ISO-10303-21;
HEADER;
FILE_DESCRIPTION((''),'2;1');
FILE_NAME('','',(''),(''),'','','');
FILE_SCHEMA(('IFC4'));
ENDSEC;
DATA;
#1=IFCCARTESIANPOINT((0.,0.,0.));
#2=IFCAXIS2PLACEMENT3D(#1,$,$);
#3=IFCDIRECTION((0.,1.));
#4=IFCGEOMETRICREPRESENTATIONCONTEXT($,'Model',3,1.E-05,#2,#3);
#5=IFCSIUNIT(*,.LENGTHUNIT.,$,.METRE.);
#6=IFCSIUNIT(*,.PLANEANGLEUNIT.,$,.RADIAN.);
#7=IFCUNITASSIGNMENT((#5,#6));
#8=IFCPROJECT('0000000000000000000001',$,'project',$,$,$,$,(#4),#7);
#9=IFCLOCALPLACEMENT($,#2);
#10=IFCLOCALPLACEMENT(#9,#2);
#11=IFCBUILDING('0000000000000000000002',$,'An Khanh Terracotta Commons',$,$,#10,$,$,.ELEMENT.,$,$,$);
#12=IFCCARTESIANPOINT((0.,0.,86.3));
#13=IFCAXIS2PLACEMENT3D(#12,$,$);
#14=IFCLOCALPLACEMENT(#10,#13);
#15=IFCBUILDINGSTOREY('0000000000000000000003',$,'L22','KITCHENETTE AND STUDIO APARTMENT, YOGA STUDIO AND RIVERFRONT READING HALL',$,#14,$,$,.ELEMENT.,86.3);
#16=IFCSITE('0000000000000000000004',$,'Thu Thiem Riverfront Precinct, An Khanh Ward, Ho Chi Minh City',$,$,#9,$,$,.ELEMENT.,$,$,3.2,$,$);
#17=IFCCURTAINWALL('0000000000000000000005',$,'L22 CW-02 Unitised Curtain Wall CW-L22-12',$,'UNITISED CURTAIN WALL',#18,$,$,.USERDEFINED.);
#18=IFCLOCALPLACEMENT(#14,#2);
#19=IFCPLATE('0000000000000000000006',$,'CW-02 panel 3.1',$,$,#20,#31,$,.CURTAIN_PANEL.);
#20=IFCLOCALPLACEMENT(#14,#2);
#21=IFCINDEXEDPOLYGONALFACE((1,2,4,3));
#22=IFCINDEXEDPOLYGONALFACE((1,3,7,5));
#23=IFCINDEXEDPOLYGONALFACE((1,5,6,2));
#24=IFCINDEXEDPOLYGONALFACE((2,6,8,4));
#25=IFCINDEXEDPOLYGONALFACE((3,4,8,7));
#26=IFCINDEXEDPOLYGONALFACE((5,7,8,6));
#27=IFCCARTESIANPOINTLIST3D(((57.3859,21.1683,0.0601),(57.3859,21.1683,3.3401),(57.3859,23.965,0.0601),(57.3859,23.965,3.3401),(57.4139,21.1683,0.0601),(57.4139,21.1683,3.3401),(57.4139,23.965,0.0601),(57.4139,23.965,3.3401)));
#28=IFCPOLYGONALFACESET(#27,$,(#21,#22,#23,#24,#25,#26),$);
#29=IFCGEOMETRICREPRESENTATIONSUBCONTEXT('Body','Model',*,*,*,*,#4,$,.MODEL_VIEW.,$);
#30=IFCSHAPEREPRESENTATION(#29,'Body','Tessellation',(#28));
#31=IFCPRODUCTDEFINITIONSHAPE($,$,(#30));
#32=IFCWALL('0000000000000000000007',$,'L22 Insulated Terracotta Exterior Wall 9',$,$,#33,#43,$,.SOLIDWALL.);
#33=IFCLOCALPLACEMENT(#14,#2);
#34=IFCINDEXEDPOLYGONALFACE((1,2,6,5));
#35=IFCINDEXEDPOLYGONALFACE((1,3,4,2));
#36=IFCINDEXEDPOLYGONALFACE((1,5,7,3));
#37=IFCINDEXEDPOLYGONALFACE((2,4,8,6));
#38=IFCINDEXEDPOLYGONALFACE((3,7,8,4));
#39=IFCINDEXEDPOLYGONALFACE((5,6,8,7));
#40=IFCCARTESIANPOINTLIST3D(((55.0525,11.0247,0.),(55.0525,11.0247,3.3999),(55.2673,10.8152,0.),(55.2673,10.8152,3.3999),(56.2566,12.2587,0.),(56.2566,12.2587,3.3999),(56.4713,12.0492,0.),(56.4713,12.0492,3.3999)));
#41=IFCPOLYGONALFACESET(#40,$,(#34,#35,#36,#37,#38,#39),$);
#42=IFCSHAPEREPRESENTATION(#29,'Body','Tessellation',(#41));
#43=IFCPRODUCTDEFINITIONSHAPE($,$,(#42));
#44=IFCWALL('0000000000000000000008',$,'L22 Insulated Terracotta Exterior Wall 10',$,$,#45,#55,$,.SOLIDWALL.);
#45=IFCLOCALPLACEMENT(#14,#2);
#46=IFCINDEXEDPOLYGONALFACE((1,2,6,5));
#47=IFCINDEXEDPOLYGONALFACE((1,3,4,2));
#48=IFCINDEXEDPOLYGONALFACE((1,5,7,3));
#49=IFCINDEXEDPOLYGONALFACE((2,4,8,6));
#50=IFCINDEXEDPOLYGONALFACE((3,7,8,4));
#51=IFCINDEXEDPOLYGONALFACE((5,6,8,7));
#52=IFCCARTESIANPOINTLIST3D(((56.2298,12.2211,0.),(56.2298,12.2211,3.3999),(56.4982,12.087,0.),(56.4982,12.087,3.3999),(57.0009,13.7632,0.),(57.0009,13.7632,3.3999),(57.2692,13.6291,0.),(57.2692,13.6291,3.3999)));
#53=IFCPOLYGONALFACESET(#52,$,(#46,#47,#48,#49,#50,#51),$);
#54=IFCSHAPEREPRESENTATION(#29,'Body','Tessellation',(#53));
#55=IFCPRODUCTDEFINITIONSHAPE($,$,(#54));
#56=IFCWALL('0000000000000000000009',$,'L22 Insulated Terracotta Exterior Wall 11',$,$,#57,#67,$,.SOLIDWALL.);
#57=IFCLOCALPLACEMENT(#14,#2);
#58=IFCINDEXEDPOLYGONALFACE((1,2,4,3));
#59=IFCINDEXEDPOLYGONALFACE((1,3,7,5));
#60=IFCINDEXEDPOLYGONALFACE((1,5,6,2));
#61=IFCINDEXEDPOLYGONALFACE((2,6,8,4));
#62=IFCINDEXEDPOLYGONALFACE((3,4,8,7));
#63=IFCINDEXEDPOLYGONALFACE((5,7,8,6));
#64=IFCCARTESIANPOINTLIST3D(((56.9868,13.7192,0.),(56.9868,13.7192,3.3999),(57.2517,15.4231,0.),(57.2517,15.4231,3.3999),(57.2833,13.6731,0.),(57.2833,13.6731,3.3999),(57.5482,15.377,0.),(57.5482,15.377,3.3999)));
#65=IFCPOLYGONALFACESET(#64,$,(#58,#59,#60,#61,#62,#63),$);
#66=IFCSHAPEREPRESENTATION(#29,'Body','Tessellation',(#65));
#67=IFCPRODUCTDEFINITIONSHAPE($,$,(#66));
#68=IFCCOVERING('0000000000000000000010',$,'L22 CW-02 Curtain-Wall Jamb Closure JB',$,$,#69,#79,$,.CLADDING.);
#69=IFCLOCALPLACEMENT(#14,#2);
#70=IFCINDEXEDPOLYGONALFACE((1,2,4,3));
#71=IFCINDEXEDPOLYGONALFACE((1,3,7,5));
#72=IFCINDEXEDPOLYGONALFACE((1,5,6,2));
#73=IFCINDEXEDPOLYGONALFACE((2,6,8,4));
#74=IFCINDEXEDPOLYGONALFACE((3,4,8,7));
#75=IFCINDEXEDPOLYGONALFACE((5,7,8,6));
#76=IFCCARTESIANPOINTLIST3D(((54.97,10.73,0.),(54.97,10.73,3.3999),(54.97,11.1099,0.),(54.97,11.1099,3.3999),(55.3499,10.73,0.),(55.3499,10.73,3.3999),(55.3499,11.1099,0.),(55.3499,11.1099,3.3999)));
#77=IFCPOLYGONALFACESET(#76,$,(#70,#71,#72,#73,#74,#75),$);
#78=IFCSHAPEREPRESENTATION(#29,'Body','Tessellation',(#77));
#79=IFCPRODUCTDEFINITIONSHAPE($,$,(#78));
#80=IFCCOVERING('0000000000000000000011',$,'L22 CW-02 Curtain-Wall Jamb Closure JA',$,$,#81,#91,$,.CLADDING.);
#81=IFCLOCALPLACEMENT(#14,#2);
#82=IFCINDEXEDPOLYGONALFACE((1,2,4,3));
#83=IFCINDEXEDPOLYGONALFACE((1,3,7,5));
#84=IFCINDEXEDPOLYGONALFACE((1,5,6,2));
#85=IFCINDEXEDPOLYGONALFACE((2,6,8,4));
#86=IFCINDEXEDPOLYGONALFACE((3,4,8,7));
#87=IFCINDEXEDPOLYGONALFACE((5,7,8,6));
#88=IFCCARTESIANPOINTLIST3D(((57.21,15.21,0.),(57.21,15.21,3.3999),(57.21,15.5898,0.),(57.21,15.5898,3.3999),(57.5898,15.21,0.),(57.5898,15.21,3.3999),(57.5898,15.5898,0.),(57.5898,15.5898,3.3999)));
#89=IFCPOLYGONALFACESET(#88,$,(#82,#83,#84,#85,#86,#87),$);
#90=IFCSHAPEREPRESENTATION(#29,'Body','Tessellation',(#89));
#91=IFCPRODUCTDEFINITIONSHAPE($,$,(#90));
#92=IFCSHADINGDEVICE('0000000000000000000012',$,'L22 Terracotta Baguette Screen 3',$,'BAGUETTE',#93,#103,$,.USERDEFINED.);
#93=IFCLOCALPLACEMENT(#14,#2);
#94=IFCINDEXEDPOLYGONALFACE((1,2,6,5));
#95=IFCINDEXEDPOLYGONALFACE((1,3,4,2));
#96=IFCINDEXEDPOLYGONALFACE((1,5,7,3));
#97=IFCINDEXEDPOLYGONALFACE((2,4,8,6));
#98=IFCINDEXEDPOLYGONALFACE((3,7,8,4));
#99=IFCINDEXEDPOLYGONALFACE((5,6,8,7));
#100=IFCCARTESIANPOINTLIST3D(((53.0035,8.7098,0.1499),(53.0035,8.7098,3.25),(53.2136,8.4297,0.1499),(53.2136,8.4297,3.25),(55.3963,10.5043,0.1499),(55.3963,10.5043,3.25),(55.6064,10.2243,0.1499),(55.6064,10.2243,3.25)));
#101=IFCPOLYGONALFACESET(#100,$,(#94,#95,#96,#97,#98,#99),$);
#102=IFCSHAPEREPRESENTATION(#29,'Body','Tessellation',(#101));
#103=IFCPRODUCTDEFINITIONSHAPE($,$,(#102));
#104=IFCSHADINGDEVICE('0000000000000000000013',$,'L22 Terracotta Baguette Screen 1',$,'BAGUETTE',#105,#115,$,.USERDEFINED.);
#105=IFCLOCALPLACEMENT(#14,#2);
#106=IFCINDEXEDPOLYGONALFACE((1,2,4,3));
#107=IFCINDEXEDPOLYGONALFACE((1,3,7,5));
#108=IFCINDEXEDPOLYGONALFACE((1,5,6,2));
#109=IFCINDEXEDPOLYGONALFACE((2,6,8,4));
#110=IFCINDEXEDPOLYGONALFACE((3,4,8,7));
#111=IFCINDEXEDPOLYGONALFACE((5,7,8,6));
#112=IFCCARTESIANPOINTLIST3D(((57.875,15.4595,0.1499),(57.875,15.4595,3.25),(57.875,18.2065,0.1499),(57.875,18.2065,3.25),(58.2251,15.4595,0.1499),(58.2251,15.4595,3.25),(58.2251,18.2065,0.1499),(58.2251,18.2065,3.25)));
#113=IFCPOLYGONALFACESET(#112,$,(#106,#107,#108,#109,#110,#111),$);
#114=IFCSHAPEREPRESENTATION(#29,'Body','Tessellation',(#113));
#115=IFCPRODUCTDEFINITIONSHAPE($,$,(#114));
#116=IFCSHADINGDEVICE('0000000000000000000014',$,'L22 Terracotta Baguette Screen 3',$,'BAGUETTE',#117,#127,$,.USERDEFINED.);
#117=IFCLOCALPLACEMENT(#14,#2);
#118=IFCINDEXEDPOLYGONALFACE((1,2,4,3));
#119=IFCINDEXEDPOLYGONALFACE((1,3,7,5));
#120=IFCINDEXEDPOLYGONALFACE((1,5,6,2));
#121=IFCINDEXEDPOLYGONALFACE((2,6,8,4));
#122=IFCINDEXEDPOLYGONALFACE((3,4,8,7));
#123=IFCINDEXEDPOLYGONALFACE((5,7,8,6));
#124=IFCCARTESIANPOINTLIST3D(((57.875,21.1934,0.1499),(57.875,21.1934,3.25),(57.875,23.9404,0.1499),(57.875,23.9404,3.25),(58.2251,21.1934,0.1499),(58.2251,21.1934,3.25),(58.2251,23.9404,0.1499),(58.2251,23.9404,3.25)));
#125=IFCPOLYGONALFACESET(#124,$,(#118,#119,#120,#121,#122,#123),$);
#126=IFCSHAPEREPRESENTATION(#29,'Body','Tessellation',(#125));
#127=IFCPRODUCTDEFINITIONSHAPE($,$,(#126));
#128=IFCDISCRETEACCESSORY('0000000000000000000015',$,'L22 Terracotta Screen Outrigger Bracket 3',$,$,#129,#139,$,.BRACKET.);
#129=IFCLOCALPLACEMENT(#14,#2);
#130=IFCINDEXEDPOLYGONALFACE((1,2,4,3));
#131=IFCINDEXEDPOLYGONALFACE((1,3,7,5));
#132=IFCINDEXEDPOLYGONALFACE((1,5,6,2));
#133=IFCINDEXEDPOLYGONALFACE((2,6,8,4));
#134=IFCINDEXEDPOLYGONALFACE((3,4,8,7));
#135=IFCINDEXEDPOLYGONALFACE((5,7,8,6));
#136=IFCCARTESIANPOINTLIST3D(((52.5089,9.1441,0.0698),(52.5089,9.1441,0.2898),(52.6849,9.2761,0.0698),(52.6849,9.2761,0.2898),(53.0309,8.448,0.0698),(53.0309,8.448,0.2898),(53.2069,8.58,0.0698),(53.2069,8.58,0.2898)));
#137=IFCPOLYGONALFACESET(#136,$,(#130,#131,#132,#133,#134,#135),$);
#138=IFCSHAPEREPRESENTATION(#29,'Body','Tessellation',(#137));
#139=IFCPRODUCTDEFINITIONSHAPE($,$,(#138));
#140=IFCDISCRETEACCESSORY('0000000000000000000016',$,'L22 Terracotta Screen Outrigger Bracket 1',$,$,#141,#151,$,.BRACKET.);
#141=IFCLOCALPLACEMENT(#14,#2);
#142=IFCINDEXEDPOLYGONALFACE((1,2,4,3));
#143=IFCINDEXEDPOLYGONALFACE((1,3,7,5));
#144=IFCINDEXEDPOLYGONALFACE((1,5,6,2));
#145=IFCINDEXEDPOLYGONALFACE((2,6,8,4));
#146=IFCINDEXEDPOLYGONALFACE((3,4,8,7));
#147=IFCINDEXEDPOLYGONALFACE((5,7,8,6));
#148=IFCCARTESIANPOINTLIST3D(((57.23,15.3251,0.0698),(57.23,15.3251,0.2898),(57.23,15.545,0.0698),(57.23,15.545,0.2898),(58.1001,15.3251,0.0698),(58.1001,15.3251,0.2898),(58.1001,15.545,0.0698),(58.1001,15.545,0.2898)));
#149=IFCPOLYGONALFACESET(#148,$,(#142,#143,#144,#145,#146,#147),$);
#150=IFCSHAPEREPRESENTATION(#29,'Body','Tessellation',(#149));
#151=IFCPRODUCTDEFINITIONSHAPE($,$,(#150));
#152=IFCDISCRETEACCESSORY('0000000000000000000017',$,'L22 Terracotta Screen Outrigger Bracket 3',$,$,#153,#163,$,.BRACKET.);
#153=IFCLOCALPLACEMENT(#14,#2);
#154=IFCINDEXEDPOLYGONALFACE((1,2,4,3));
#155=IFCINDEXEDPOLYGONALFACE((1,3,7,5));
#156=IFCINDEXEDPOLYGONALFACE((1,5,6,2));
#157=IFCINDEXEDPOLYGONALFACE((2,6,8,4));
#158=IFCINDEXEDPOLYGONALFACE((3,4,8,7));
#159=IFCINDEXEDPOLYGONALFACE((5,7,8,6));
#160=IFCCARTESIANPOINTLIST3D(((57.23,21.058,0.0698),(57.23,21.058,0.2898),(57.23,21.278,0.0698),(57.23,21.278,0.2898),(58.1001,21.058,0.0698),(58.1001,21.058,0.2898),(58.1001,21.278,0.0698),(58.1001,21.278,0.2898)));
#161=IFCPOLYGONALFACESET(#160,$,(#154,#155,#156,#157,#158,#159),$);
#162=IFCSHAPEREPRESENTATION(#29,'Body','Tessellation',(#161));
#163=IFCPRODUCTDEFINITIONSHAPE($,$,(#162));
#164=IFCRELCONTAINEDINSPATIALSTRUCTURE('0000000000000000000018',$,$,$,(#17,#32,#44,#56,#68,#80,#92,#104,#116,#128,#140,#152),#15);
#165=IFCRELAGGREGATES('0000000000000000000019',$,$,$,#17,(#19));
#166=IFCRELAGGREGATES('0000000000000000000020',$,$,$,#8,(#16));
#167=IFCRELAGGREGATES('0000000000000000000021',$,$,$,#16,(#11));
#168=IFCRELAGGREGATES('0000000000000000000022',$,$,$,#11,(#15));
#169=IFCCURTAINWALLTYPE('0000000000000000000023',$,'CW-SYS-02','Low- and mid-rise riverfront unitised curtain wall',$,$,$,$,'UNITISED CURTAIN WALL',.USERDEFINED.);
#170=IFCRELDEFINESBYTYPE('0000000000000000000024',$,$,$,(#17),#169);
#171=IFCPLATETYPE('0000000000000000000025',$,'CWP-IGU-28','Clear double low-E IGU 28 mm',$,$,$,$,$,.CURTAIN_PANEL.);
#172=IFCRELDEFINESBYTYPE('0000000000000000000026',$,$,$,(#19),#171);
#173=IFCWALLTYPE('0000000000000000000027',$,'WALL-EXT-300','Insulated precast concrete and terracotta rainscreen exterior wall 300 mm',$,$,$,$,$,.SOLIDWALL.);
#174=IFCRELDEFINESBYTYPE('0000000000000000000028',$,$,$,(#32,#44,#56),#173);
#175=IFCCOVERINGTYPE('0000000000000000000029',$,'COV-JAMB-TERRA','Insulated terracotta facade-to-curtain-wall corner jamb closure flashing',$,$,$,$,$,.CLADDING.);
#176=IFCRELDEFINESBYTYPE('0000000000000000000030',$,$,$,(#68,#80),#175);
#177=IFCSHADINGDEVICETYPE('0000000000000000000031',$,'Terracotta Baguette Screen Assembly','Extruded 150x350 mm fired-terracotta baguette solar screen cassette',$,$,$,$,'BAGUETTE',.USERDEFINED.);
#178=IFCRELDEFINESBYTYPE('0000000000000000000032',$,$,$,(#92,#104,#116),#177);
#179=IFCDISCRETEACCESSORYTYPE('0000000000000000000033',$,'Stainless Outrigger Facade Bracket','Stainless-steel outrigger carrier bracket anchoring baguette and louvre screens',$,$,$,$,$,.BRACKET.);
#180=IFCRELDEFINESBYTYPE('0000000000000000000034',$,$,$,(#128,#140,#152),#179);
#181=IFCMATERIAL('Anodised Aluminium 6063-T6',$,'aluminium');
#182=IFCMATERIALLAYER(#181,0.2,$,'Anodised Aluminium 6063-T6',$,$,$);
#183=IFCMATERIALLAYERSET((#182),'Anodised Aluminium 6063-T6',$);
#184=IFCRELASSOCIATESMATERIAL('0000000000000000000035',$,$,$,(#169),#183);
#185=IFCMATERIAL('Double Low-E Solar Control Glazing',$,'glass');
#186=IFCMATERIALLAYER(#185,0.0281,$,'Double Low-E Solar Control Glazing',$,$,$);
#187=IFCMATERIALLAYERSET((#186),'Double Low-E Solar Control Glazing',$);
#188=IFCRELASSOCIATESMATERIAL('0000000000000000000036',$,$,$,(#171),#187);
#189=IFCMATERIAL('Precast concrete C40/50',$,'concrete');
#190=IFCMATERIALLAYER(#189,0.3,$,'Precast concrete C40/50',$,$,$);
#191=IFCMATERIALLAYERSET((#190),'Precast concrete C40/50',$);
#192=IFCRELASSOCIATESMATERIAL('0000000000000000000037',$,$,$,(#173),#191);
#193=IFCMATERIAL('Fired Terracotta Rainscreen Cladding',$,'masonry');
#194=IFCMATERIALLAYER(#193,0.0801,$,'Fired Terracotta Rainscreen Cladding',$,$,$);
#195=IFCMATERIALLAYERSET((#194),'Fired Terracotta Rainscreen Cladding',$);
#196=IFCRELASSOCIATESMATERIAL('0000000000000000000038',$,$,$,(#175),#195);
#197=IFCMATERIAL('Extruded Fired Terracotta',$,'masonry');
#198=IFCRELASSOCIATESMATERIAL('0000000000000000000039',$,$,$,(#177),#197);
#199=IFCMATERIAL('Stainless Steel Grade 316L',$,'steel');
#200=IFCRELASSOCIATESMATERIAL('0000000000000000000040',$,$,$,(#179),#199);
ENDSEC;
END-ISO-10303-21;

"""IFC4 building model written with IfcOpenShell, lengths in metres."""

from ifc_helpers import new_model, si_unit, direction, frame, frame_2d, origin, origin_2d, place, context, subcontext, project, spatial, rectangle, extrude, material, layer, layer_set, type_object, element, aggregate, save


model = new_model("IFC4")

# Units and contexts
model_context = context("Model", 3, precision=1e-05, world=origin(), true_north=direction((0.0, 1.0)))
body_context = subcontext(model_context, "Body", "Model", "MODEL_VIEW")
ifc_project = project(units=[si_unit("LENGTHUNIT", "METRE"), si_unit("PLANEANGLEUNIT", "RADIAN")], contexts=[model_context])

# Site, building, storey
site_placement = place(None, origin())
site = spatial("IfcSite", under=ifc_project, at=site_placement, Name="Thu Thiem Riverfront Precinct, An Khanh Ward, Ho Chi Minh City", CompositionType="ELEMENT", RefElevation=3.2)
building_placement = place(site_placement, origin())
building = spatial("IfcBuilding", under=site, at=building_placement, Name="An Khanh Terracotta Commons", CompositionType="ELEMENT")
storey_placement = place(building_placement, frame((0.0, 0.0, 86.3)))
storey = spatial("IfcBuildingStorey", under=building, at=storey_placement, Name="L22", Description="KITCHENETTE AND STUDIO APARTMENT, YOGA STUDIO AND RIVERFRONT READING HALL", CompositionType="ELEMENT", Elevation=86.3)

# Curtain wall
ifc_material_1 = material(Name="Anodised Aluminium 6063-T6", Category="aluminium")
ifc_layer_1 = layer(ifc_material_1, 0.2, Name="Anodised Aluminium 6063-T6")
ifc_layer_set_1 = layer_set([ifc_layer_1], Name="Anodised Aluminium 6063-T6")
curtain_wall_type = type_object("IfcCurtainWallType", Name="CW-SYS-02", Description="Low- and mid-rise riverfront unitised curtain wall", ElementType="UNITISED CURTAIN WALL", PredefinedType="USERDEFINED", material=ifc_layer_set_1)
curtain_wall_1_placement = place(storey_placement, origin())
curtain_wall_1 = element("IfcCurtainWall", 1, at=curtain_wall_1_placement, inside=storey, type_object=curtain_wall_type, Name="L22 CW-02 Unitised Curtain Wall CW-L22-12", ObjectType="UNITISED CURTAIN WALL", PredefinedType="USERDEFINED")

# Plate
ifc_material_2 = material(Name="Double Low-E Solar Control Glazing", Category="glass")
ifc_layer_2 = layer(ifc_material_2, 0.0281, Name="Double Low-E Solar Control Glazing")
ifc_layer_set_2 = layer_set([ifc_layer_2], Name="Double Low-E Solar Control Glazing")
plate_type = type_object("IfcPlateType", Name="CWP-IGU-28", Description="Clear double low-E IGU 28 mm", PredefinedType="CURTAIN_PANEL", material=ifc_layer_set_2)
plate_1_placement = place(storey_placement, frame((57.3999, 22.5667, 0.0601), z_axis=(0.0, 0.0, 1.0), x_axis=(0.0, 1.0, 0.0)))
plate_1 = element("IfcPlate", 2, at=plate_1_placement, type_object=plate_type, Name="CW-02 panel 3.1", PredefinedType="CURTAIN_PANEL", context=body_context, shape_type="SweptSolid", body=[
    extrude(rectangle(XDim=2.7966, YDim=0.0281, at=origin_2d()), origin(), (0.0, 0.0, 1.0), 3.28),
])
aggregate(curtain_wall_1, [plate_1])

# Walls
ifc_material_3 = material(Name="Precast concrete C40/50", Category="concrete")
ifc_layer_3 = layer(ifc_material_3, 0.3, Name="Precast concrete C40/50")
ifc_layer_set_3 = layer_set([ifc_layer_3], Name="Precast concrete C40/50")
wall_type = type_object("IfcWallType", Name="WALL-EXT-300", Description="Insulated precast concrete and terracotta rainscreen exterior wall 300 mm", PredefinedType="SOLIDWALL", material=ifc_layer_set_3)
for number, where, z_axis, x_axis, name in (
    (3, (55.1599, 10.9199, 0.0), (0.0, 0.0, 1.0), (0.698345, 0.715761, 0.0), "L22 Insulated Terracotta Exterior Wall 9"),
    (4, (56.364, 12.1541, 0.0), (0.0, 0.0, 1.0), (0.447214, 0.894427, 0.0), "L22 Insulated Terracotta Exterior Wall 10"),
):
    element("IfcWall", number, at=place(storey_placement, frame(where, z_axis=z_axis, x_axis=x_axis)), inside=storey, type_object=wall_type, Name=name, PredefinedType="SOLIDWALL", context=body_context, shape_type="SweptSolid", body=[
        extrude(rectangle(XDim=1.7241, YDim=0.3, at=frame_2d((0.8621, 0.0))), origin(), (0.0, 0.0, 1.0), 3.3999),
    ])
wall_placement = place(storey_placement, frame((57.135, 13.696, 0.0), z_axis=(0.0, 0.0, 1.0), x_axis=(0.153621, 0.98813, 0.0)))
element("IfcWall", 5, at=wall_placement, inside=storey, type_object=wall_type, Name="L22 Insulated Terracotta Exterior Wall 11", PredefinedType="SOLIDWALL", context=body_context, shape_type="SweptSolid", body=[
    extrude(rectangle(XDim=1.7244, YDim=0.3, at=frame_2d((0.8623, 0.0))), origin(), (0.0, 0.0, 1.0), 3.3999),
])

# Coverings
ifc_material_4 = material(Name="Fired Terracotta Rainscreen Cladding", Category="masonry")
ifc_layer_4 = layer(ifc_material_4, 0.0801, Name="Fired Terracotta Rainscreen Cladding")
ifc_layer_set_4 = layer_set([ifc_layer_4], Name="Fired Terracotta Rainscreen Cladding")
covering_type = type_object("IfcCoveringType", Name="COV-JAMB-TERRA", Description="Insulated terracotta facade-to-curtain-wall corner jamb closure flashing", PredefinedType="CLADDING", material=ifc_layer_set_4)
for number, where, z_axis, x_axis, name in (
    (6, (55.1599, 10.9199, 0.0), (0.0, 0.0, 1.0), (1.0, 0.0, 0.0), "L22 CW-02 Curtain-Wall Jamb Closure JB"),
    (7, (57.3999, 15.3999, 0.0), (0.0, 0.0, 1.0), (1.0, 0.0, 0.0), "L22 CW-02 Curtain-Wall Jamb Closure JA"),
):
    element("IfcCovering", number, at=place(storey_placement, frame(where, z_axis=z_axis, x_axis=x_axis)), inside=storey, type_object=covering_type, Name=name, PredefinedType="CLADDING", context=body_context, shape_type="SweptSolid", body=[
        extrude(rectangle(XDim=0.3799, YDim=0.3799, at=origin_2d()), origin(), (0.0, 0.0, 1.0), 3.3999),
    ])

# Shading devices
ifc_material_5 = material(Name="Extruded Fired Terracotta", Category="masonry")
shading_device_type = type_object("IfcShadingDeviceType", Name="Terracotta Baguette Screen Assembly", Description="Extruded 150x350 mm fired-terracotta baguette solar screen cassette", ElementType="BAGUETTE", PredefinedType="USERDEFINED", material=ifc_material_5)
shading_device_placement = place(storey_placement, frame((54.3049, 9.467, 0.1499), z_axis=(0.0, 0.0, 1.0), x_axis=(0.800013, 0.599983, 0.0)))
element("IfcShadingDevice", 8, at=shading_device_placement, inside=storey, type_object=shading_device_type, Name="L22 Terracotta Baguette Screen 3", ObjectType="BAGUETTE", PredefinedType="USERDEFINED", context=body_context, shape_type="SweptSolid", body=[
    extrude(rectangle(XDim=2.991, YDim=0.3501, at=origin_2d()), origin(), (0.0, 0.0, 1.0), 3.1001),
])
for number, where, z_axis, x_axis, name in (
    (9, (58.05, 16.833, 0.1499), (0.0, 0.0, 1.0), (0.0, 1.0, 0.0), "L22 Terracotta Baguette Screen 1"),
    (10, (58.05, 22.5669, 0.1499), (0.0, 0.0, 1.0), (0.0, 1.0, 0.0), "L22 Terracotta Baguette Screen 3"),
):
    element("IfcShadingDevice", number, at=place(storey_placement, frame(where, z_axis=z_axis, x_axis=x_axis)), inside=storey, type_object=shading_device_type, Name=name, ObjectType="BAGUETTE", PredefinedType="USERDEFINED", context=body_context, shape_type="SweptSolid", body=[
        extrude(rectangle(XDim=2.7471, YDim=0.3501, at=origin_2d()), origin(), (0.0, 0.0, 1.0), 3.1001),
    ])

# Discrete accessories
ifc_material_6 = material(Name="Stainless Steel Grade 316L", Category="steel")
discrete_accessory_type = type_object("IfcDiscreteAccessoryType", Name="Stainless Outrigger Facade Bracket", Description="Stainless-steel outrigger carrier bracket anchoring baguette and louvre screens", PredefinedType="BRACKET", material=ifc_material_6)
for number, where, z_axis, x_axis, name in (
    (11, (52.8579, 8.8621, 0.0698), (0.0, 0.0, 1.0), (0.800013, 0.599983, 0.0), "L22 Terracotta Screen Outrigger Bracket 3"),
    (12, (57.665, 15.4351, 0.0698), (0.0, 0.0, 1.0), (0.0, 1.0, 0.0), "L22 Terracotta Screen Outrigger Bracket 1"),
    (13, (57.665, 21.168, 0.0698), (0.0, 0.0, 1.0), (0.0, 1.0, 0.0), "L22 Terracotta Screen Outrigger Bracket 3"),
):
    element("IfcDiscreteAccessory", number, at=place(storey_placement, frame(where, z_axis=z_axis, x_axis=x_axis)), inside=storey, type_object=discrete_accessory_type, Name=name, PredefinedType="BRACKET", context=body_context, shape_type="SweptSolid", body=[
        extrude(rectangle(XDim=0.22, YDim=0.8701, at=origin_2d()), origin(), (0.0, 0.0, 1.0), 0.22),
    ])

save(model, "model.ifc")
